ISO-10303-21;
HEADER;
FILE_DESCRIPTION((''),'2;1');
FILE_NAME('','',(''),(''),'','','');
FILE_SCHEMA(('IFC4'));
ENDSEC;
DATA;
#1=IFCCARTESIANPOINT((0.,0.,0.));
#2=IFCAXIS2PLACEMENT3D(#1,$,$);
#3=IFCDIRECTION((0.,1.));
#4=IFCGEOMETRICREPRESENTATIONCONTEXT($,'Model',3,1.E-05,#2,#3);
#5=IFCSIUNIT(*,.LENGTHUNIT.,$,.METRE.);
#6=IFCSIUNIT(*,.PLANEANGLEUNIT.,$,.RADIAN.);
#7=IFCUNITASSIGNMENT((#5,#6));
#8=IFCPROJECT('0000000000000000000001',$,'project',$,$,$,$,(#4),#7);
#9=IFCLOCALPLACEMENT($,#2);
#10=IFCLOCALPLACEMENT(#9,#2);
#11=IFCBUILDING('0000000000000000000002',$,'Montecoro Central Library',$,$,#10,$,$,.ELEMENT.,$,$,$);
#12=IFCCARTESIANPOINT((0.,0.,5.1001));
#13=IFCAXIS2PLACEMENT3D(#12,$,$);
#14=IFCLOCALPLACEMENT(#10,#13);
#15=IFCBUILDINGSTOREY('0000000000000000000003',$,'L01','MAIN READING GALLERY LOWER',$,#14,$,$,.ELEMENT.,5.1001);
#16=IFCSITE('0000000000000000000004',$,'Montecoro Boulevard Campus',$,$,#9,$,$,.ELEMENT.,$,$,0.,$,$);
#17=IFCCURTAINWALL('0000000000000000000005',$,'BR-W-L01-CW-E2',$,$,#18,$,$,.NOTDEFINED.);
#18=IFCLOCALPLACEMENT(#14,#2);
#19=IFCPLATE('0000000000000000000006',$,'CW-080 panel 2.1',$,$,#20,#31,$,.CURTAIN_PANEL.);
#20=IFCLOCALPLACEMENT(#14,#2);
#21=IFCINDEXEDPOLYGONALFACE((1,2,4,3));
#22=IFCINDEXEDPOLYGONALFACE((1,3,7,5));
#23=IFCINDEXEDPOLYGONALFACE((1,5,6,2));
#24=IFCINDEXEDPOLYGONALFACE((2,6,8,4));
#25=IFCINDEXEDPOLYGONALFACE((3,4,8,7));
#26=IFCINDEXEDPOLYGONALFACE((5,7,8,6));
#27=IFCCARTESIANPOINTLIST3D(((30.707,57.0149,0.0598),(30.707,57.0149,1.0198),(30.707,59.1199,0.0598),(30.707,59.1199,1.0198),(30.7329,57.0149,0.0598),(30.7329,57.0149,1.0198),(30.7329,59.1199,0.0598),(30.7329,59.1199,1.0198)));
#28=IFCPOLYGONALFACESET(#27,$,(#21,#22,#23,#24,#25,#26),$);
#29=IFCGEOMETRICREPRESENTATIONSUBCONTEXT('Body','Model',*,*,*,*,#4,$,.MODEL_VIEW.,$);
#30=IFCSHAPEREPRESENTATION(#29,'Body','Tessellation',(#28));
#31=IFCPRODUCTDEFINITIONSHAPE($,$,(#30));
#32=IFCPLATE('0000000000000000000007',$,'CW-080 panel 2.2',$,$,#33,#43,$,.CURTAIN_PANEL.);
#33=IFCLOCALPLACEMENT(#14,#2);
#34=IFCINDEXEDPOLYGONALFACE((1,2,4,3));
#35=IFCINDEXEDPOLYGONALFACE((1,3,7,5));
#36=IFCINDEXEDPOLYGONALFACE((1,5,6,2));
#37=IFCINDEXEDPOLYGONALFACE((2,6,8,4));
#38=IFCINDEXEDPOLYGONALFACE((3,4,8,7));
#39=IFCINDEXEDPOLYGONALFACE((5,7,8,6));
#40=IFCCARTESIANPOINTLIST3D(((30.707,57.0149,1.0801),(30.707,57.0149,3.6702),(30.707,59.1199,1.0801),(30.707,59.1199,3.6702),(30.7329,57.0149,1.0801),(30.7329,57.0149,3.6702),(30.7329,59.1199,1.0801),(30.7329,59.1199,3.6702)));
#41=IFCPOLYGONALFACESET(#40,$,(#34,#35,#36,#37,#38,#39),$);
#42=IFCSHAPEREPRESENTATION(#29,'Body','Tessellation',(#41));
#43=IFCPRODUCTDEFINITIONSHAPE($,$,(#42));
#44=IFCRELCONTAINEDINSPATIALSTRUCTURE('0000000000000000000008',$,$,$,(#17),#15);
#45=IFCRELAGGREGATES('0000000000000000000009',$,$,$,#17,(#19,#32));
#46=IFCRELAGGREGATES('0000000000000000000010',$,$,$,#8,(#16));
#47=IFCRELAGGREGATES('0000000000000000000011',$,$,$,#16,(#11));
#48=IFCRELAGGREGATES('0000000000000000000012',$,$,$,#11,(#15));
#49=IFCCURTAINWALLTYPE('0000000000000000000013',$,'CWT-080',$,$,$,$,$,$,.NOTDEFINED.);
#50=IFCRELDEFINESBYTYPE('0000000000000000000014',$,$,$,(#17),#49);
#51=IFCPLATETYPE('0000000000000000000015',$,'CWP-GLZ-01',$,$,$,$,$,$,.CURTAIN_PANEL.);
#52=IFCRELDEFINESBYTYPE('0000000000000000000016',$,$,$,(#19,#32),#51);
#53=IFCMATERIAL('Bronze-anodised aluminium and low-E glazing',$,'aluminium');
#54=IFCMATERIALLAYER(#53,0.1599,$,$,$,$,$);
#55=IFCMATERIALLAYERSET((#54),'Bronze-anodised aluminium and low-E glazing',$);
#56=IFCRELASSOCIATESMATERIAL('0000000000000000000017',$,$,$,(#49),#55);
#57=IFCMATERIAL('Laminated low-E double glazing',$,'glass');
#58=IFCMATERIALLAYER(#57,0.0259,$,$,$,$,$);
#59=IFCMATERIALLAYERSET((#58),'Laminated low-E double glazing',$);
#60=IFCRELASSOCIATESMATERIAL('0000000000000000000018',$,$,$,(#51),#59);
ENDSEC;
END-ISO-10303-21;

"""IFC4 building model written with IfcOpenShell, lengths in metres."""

from ifc_helpers import new_model, si_unit, direction, frame, origin, origin_2d, place, context, subcontext, project, spatial, rectangle, extrude, material, layer, layer_set, type_object, element, aggregate, save


model = new_model("IFC4")

# Units and contexts
model_context = context("Model", 3, precision=1e-05, world=origin(), true_north=direction((0.0, 1.0)))
body_context = subcontext(model_context, "Body", "Model", "MODEL_VIEW")
ifc_project = project(units=[si_unit("LENGTHUNIT", "METRE"), si_unit("PLANEANGLEUNIT", "RADIAN")], contexts=[model_context])

# Site, building, storey
site_placement = place(None, origin())
site = spatial("IfcSite", under=ifc_project, at=site_placement, Name="Montecoro Boulevard Campus", CompositionType="ELEMENT", RefElevation=0.0)
building_placement = place(site_placement, origin())
building = spatial("IfcBuilding", under=site, at=building_placement, Name="Montecoro Central Library", CompositionType="ELEMENT")
storey_placement = place(building_placement, frame((0.0, 0.0, 5.1001)))
storey = spatial("IfcBuildingStorey", under=building, at=storey_placement, Name="L01", Description="MAIN READING GALLERY LOWER", CompositionType="ELEMENT", Elevation=5.1001)

# Shared definitions
ifc_material_1 = material(Name="Bronze-anodised aluminium and low-E glazing", Category="aluminium")

# Curtain wall
ifc_layer_1 = layer(ifc_material_1, 0.1599)
ifc_layer_set_1 = layer_set([ifc_layer_1], Name="Bronze-anodised aluminium and low-E glazing")
curtain_wall_type_1 = type_object("IfcCurtainWallType", Name="CWT-080", PredefinedType="NOTDEFINED", material=ifc_layer_set_1)
curtain_wall_1_placement = place(storey_placement, origin())
curtain_wall_1 = element("IfcCurtainWall", 1, at=curtain_wall_1_placement, inside=storey, type_object=curtain_wall_type_1, Name="BR-W-L01-CW-E2", PredefinedType="NOTDEFINED")

# Plates
ifc_material_2 = material(Name="Laminated low-E double glazing", Category="glass")
ifc_layer_2 = layer(ifc_material_2, 0.0259)
ifc_layer_set_2 = layer_set([ifc_layer_2], Name="Laminated low-E double glazing")
plate_type = type_object("IfcPlateType", Name="CWP-GLZ-01", PredefinedType="CURTAIN_PANEL", material=ifc_layer_set_2)
plate_1_placement = place(storey_placement, frame((30.72, 58.0674, 0.0598), z_axis=(0.0, 0.0, 1.0), x_axis=(0.0, 1.0, 0.0)))
plate_1 = element("IfcPlate", 2, at=plate_1_placement, type_object=plate_type, Name="CW-080 panel 2.1", PredefinedType="CURTAIN_PANEL", context=body_context, shape_type="SweptSolid", body=[
    extrude(rectangle(XDim=2.105, YDim=0.0259, at=origin_2d()), origin(), (0.0, 0.0, 1.0), 0.96),
])
plate_2_placement = place(storey_placement, frame((30.72, 58.0674, 1.0801), z_axis=(0.0, 0.0, 1.0), x_axis=(0.0, 1.0, 0.0)))
plate_2 = element("IfcPlate", 3, at=plate_2_placement, type_object=plate_type, Name="CW-080 panel 2.2", PredefinedType="CURTAIN_PANEL", context=body_context, shape_type="SweptSolid", body=[
    extrude(rectangle(XDim=2.105, YDim=0.0259, at=origin_2d()), origin(), (0.0, 0.0, 1.0), 2.5901),
])
aggregate(curtain_wall_1, [plate_1, plate_2])

save(model, "model.ifc")
